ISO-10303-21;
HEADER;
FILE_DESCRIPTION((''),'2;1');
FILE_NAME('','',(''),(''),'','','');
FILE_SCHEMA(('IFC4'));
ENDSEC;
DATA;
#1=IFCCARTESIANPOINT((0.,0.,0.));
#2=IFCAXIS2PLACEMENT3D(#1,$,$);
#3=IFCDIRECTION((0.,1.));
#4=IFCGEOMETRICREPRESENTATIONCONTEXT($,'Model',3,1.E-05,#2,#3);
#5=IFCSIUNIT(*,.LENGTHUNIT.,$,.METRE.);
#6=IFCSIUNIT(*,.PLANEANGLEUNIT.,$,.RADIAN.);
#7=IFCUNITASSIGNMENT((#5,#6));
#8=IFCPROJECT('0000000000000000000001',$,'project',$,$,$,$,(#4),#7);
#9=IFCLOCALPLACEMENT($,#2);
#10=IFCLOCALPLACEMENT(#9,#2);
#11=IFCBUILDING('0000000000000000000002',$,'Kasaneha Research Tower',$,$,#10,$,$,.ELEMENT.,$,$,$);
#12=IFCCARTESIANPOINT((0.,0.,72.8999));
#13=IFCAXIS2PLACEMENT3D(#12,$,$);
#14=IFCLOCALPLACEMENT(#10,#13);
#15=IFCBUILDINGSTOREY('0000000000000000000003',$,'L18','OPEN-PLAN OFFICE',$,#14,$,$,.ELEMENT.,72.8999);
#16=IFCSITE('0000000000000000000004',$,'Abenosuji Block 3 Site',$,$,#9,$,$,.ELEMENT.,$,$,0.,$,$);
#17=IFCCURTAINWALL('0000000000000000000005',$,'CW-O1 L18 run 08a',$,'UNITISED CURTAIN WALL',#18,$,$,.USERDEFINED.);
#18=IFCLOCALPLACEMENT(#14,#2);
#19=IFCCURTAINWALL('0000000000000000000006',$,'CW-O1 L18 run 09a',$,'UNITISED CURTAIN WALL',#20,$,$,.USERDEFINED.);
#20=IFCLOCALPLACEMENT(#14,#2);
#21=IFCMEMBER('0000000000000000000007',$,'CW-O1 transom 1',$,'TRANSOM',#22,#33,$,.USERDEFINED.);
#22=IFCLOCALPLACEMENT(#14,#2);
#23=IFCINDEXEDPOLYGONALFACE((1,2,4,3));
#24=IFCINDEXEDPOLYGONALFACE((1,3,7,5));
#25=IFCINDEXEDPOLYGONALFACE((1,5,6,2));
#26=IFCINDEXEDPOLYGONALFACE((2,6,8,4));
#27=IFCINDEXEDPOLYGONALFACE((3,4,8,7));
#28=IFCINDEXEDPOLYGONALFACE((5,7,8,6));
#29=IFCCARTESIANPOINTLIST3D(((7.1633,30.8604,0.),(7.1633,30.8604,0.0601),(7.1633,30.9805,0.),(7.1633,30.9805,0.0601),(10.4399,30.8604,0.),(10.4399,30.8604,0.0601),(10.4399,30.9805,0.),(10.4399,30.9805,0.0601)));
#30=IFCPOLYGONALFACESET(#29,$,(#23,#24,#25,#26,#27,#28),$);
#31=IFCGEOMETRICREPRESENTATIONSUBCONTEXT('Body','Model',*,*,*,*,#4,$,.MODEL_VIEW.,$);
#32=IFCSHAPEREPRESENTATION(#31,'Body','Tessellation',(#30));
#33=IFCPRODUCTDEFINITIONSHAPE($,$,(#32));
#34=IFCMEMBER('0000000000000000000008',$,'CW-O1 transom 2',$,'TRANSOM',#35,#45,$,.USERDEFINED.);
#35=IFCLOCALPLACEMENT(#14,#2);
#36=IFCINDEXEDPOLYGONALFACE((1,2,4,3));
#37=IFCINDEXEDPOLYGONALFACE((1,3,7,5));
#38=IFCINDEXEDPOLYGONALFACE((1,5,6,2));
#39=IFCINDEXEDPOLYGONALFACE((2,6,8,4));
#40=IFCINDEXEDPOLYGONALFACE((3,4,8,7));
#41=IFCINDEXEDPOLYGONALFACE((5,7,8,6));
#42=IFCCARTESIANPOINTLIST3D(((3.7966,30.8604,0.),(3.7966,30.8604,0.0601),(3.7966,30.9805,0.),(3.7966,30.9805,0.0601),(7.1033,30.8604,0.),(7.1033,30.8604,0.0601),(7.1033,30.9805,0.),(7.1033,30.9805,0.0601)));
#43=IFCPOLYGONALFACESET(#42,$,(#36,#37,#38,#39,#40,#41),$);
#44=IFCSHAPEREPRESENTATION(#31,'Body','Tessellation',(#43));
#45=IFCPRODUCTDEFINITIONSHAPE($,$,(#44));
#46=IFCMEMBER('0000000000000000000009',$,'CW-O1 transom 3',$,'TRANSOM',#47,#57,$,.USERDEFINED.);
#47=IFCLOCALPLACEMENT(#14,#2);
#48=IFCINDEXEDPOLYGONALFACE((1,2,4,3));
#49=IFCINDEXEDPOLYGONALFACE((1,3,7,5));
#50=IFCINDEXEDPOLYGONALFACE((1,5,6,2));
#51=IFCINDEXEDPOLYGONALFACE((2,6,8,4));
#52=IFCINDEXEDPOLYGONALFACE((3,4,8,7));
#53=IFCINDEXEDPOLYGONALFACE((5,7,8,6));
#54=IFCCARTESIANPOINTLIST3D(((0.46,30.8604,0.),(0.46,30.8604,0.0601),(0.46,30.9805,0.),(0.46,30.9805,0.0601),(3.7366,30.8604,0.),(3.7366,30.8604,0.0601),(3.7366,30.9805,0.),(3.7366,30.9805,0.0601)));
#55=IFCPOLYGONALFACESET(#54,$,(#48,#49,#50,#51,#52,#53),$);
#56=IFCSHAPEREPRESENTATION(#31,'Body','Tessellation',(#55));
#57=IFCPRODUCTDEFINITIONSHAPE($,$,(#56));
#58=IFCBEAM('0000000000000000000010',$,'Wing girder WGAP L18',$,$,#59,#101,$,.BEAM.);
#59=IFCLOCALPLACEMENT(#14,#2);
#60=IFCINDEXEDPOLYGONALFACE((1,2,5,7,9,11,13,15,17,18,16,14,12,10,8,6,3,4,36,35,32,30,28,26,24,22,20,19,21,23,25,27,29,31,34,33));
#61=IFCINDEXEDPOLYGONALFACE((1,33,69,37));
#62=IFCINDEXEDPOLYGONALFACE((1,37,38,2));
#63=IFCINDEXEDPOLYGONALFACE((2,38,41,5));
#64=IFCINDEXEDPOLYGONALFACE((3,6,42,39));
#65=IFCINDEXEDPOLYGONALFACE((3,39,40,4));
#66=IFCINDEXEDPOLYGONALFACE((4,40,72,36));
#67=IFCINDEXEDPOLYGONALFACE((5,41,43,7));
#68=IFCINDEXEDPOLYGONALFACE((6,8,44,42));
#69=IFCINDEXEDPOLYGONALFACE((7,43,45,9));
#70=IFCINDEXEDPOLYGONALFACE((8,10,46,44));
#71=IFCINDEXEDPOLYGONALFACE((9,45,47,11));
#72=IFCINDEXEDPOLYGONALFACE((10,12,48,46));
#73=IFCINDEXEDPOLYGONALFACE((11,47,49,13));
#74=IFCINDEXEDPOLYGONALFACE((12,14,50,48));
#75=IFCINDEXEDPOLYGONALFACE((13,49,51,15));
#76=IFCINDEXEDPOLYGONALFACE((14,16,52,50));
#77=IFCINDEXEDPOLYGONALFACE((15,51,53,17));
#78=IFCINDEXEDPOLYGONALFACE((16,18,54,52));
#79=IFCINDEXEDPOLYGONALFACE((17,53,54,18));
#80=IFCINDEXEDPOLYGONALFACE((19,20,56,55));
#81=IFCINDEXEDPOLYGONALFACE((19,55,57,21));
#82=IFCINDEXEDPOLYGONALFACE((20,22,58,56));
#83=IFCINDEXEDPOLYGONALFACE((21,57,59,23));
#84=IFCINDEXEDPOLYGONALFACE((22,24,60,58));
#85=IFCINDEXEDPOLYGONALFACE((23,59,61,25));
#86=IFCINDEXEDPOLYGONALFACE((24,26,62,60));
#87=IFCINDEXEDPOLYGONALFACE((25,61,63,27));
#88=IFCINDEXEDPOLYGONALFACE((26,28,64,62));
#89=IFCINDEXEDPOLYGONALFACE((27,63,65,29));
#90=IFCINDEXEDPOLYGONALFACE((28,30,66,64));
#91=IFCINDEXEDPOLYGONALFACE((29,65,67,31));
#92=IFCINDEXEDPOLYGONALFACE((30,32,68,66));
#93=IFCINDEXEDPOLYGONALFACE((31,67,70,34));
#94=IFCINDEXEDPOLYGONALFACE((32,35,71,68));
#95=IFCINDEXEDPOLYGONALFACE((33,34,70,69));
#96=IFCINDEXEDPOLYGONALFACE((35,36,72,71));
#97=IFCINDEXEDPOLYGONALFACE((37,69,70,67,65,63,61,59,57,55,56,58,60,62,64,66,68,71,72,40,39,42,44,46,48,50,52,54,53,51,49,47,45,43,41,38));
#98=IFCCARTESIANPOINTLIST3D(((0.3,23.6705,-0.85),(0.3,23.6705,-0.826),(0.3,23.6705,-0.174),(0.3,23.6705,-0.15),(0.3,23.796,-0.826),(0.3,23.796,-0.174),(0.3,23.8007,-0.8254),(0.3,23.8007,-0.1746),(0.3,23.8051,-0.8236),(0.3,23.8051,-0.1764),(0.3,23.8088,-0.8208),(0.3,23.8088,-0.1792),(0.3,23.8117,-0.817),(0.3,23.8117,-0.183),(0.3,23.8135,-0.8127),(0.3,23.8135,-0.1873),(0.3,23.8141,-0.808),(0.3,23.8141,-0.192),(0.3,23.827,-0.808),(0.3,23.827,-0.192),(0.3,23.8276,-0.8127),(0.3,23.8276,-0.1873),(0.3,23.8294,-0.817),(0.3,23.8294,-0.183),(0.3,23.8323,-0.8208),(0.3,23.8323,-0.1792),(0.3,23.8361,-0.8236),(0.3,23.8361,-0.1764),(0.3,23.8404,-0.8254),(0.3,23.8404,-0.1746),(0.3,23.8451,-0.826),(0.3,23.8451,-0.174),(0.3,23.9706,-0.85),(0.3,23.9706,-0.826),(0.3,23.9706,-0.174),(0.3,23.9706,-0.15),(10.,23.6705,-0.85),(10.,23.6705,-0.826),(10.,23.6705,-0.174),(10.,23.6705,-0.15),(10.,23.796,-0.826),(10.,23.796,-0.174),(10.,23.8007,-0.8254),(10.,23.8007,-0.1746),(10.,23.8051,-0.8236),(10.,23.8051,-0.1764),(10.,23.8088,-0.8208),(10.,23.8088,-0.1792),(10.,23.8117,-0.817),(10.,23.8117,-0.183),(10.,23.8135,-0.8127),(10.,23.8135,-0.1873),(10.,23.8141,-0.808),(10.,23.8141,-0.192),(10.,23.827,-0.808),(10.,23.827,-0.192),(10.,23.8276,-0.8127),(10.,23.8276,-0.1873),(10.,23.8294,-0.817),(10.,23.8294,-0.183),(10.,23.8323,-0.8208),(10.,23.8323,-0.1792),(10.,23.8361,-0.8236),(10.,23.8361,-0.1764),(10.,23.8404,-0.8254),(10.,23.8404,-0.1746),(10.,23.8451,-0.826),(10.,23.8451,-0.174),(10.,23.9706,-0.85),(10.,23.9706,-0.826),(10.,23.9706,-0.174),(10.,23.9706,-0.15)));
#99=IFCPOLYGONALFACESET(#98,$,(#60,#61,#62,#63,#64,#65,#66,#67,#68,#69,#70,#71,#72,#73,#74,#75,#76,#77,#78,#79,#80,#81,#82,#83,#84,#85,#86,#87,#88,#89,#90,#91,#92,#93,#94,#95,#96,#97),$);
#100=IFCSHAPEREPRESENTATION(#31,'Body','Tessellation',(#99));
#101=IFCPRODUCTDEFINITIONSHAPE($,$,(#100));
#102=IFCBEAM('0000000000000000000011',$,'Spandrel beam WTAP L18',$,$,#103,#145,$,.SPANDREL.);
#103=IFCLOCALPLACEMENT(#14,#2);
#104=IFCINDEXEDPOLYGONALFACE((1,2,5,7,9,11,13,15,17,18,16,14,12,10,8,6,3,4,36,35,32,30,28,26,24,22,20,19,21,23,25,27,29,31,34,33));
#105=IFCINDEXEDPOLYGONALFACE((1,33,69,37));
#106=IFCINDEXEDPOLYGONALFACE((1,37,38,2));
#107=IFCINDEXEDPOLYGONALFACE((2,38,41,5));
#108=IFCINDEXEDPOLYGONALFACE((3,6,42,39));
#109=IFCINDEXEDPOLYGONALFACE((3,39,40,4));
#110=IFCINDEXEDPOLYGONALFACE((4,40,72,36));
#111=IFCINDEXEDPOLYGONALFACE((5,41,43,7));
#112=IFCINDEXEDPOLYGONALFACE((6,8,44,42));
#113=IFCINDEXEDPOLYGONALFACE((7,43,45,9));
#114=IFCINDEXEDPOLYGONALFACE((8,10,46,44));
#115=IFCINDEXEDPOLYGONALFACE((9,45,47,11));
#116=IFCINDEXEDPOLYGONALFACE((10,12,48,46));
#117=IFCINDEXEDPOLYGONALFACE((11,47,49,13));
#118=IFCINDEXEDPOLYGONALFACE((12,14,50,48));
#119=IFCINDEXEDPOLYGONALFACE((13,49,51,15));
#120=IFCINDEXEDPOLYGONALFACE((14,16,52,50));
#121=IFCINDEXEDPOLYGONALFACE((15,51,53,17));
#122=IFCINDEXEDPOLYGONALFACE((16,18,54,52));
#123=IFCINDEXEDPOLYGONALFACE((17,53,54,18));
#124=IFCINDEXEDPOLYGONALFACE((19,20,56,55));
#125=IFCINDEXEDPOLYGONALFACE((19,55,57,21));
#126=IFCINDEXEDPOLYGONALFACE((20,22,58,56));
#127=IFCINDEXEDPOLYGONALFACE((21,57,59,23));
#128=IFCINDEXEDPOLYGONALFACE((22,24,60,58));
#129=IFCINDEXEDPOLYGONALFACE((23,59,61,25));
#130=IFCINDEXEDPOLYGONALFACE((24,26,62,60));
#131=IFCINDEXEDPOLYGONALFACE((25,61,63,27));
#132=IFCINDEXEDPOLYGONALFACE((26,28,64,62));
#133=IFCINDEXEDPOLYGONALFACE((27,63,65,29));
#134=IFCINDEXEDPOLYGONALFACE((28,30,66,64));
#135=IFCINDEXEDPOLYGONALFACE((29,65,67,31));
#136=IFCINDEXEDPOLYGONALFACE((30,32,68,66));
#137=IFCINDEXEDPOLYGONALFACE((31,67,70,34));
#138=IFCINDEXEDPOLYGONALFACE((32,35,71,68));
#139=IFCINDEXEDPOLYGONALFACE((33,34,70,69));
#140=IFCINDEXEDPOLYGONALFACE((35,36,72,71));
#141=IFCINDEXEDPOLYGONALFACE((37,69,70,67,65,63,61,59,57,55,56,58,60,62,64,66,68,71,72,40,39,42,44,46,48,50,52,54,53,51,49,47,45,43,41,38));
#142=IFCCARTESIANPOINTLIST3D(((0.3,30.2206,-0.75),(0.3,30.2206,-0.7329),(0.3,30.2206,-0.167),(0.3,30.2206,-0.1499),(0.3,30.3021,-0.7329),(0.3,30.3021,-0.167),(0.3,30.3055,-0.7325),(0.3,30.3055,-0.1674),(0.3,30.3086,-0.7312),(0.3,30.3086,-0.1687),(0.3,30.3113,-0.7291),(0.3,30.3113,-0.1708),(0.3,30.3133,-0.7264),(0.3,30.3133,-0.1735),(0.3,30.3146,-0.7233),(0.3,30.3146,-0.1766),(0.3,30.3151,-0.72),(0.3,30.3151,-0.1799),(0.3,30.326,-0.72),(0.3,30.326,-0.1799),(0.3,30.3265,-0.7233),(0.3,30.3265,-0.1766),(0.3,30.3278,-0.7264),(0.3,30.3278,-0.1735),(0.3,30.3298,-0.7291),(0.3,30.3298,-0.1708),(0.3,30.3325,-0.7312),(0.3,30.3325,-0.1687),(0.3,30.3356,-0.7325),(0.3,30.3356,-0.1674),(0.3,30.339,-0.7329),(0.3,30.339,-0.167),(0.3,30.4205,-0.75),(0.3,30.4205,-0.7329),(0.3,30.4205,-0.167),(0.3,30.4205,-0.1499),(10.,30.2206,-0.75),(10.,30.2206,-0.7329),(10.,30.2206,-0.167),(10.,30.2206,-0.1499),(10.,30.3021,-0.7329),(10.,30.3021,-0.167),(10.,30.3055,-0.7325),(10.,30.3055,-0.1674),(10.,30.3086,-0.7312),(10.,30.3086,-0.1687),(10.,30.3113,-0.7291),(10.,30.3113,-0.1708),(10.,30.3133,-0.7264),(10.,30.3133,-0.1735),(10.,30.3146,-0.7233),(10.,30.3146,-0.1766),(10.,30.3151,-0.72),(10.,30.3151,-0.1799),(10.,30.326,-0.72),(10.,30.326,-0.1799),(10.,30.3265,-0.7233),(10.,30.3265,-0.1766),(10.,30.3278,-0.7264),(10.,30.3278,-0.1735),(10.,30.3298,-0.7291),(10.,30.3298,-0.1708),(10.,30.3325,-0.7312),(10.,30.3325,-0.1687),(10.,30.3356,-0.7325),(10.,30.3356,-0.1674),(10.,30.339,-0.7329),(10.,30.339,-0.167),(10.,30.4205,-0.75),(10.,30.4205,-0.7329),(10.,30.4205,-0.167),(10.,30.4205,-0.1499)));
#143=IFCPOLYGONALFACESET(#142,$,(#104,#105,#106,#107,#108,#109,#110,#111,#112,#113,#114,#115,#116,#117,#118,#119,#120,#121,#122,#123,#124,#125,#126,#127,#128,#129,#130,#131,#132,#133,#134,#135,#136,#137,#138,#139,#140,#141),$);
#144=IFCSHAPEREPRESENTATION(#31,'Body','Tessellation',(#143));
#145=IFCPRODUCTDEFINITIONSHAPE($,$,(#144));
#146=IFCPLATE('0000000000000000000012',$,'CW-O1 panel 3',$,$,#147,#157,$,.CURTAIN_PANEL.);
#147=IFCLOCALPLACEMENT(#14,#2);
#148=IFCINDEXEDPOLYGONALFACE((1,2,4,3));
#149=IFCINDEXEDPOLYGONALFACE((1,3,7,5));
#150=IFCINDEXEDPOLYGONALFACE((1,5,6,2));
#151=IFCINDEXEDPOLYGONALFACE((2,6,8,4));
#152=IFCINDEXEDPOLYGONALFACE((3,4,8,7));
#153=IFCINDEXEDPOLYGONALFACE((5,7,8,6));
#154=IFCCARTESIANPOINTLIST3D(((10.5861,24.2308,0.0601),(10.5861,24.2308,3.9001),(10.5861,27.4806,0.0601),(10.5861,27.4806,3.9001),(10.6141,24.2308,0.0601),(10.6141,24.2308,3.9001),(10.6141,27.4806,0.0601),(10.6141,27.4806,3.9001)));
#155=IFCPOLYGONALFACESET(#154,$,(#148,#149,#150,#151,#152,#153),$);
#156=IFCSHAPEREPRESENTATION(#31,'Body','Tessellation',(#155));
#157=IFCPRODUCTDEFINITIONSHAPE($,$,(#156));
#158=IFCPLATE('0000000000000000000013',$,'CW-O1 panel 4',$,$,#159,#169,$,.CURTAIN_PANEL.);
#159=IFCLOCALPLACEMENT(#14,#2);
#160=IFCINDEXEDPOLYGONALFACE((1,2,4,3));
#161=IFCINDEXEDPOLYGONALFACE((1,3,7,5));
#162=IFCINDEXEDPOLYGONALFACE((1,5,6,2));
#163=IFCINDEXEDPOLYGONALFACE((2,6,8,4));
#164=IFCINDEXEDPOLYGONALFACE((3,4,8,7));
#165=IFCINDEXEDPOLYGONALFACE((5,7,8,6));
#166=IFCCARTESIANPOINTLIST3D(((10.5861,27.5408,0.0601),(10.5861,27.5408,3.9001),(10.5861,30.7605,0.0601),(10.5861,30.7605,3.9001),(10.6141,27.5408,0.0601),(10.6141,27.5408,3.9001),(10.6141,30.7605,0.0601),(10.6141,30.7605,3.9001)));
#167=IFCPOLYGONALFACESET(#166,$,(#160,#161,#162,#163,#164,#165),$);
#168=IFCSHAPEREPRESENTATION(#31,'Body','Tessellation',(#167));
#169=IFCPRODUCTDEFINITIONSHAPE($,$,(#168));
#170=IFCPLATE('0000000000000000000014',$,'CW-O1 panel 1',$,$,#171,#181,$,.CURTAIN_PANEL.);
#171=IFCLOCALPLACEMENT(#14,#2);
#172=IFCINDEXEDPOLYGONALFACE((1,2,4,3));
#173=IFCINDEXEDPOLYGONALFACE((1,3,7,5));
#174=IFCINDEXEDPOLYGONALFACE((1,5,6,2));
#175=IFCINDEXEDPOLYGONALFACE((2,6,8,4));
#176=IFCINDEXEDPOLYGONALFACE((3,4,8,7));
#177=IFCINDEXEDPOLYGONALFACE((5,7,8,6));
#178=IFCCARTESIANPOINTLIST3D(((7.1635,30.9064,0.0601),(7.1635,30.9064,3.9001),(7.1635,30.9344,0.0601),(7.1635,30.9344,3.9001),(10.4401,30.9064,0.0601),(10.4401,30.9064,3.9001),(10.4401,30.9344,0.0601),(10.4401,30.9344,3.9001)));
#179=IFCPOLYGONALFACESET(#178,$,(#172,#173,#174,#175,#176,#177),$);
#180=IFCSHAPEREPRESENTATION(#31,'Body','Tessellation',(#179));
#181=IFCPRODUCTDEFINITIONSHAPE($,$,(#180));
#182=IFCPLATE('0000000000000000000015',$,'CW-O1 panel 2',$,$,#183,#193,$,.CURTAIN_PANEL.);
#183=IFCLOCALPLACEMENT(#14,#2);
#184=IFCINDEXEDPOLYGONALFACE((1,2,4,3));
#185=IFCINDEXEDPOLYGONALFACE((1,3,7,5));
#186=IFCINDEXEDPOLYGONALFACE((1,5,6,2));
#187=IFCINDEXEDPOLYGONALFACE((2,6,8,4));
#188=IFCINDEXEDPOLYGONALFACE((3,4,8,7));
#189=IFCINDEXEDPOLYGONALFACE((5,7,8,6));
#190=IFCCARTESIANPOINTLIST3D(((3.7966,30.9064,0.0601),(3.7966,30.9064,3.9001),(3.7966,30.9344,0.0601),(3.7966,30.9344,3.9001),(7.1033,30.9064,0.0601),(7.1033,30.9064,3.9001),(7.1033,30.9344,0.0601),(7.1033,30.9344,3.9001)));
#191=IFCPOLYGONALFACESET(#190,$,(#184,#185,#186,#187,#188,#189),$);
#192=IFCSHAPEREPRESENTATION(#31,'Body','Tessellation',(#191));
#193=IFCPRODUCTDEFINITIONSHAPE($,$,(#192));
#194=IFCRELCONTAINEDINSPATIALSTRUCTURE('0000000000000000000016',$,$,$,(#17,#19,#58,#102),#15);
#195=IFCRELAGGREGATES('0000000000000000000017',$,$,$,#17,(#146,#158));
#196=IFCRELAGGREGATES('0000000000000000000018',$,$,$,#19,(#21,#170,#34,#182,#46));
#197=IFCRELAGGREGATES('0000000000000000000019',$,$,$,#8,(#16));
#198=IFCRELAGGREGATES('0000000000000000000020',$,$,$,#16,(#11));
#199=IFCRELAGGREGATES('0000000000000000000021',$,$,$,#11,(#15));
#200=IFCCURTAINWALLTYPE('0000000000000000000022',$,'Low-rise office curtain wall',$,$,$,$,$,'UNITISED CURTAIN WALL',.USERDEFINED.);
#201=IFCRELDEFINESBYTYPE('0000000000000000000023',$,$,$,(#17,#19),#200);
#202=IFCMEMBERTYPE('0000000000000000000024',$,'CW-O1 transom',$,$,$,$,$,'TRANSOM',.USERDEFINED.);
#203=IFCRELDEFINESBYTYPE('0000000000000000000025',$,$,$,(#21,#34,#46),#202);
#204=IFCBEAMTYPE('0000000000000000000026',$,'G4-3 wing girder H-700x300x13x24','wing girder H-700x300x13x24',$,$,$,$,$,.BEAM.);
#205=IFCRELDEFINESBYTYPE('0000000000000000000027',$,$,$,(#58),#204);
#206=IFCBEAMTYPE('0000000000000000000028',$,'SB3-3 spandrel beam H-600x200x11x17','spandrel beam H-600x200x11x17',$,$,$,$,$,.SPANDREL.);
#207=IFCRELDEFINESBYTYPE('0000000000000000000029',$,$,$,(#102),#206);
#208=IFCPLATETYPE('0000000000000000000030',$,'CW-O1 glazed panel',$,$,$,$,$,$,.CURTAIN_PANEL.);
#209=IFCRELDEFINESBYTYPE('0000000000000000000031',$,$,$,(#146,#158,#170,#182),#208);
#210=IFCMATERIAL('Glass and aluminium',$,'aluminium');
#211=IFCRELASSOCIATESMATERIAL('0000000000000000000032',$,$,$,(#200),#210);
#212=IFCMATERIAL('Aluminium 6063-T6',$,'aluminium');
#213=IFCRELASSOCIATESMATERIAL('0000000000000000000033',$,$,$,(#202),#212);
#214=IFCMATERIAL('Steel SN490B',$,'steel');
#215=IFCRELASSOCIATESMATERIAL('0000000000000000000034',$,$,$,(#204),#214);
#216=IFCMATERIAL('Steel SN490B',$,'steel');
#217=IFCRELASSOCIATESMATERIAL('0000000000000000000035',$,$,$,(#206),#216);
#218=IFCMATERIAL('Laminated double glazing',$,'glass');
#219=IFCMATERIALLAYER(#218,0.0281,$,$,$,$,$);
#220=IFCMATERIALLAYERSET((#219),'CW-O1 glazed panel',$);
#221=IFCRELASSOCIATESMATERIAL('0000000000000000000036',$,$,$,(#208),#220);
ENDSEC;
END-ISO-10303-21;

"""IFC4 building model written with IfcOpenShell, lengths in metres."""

from ifc_helpers import new_model, si_unit, direction, frame, origin, origin_2d, place, context, subcontext, project, spatial, rectangle, i_section, extrude, material, layer, layer_set, material_profile, profile_set, type_object, element, aggregate, save


model = new_model("IFC4")

# Units and contexts
model_context = context("Model", 3, precision=1e-05, world=origin(), true_north=direction((0.0, 1.0)))
body_context = subcontext(model_context, "Body", "Model", "MODEL_VIEW")
ifc_project = project(units=[si_unit("LENGTHUNIT", "METRE"), si_unit("PLANEANGLEUNIT", "RADIAN")], contexts=[model_context])

# Site, building, storey
site_placement = place(None, origin())
site = spatial("IfcSite", under=ifc_project, at=site_placement, Name="Abenosuji Block 3 Site", CompositionType="ELEMENT", RefElevation=0.0)
building_placement = place(site_placement, origin())
building = spatial("IfcBuilding", under=site, at=building_placement, Name="Kasaneha Research Tower", CompositionType="ELEMENT")
storey_placement = place(building_placement, frame((0.0, 0.0, 72.8999)))
storey = spatial("IfcBuildingStorey", under=building, at=storey_placement, Name="L18", Description="OPEN-PLAN OFFICE", CompositionType="ELEMENT", Elevation=72.8999)

# Curtain walls
ifc_material_1 = material(Name="Glass and aluminium", Category="aluminium")
curtain_wall_type = type_object("IfcCurtainWallType", Name="Low-rise office curtain wall", ElementType="UNITISED CURTAIN WALL", PredefinedType="USERDEFINED", material=ifc_material_1)
curtain_wall_1_placement = place(storey_placement, origin())
curtain_wall_1 = element("IfcCurtainWall", 1, at=curtain_wall_1_placement, inside=storey, type_object=curtain_wall_type, Name="CW-O1 L18 run 08a", ObjectType="UNITISED CURTAIN WALL", PredefinedType="USERDEFINED")
curtain_wall_2_placement = place(storey_placement, origin())
curtain_wall_2 = element("IfcCurtainWall", 2, at=curtain_wall_2_placement, inside=storey, type_object=curtain_wall_type, Name="CW-O1 L18 run 09a", ObjectType="UNITISED CURTAIN WALL", PredefinedType="USERDEFINED")

# Members
ifc_material_2 = material(Name="Aluminium 6063-T6", Category="aluminium")
ifc_material_profile_1 = material_profile(ifc_material_2, rectangle(XDim=0.1201, YDim=0.0601, at=origin_2d()), Name="CW-O1 transom 120x60")
ifc_profile_set_1 = profile_set([ifc_material_profile_1], Name="Aluminium 6063-T6")
member_type_1 = type_object("IfcMemberType", Name="CW-O1 transom", ElementType="TRANSOM", PredefinedType="USERDEFINED", material=ifc_profile_set_1)
member_1_placement = place(storey_placement, frame((10.4399, 30.9204, 0.03), z_axis=(-1.0, 0.0, 0.0), x_axis=(0.0, -1.0, 0.0)))
member_1 = element("IfcMember", 3, at=member_1_placement, type_object=member_type_1, Name="CW-O1 transom 1", ObjectType="TRANSOM", PredefinedType="USERDEFINED", context=body_context, shape_type="SweptSolid", body=[
    extrude(rectangle(XDim=0.1201, YDim=0.0601, at=origin_2d()), origin(), (0.0, 0.0, 1.0), 3.2766),
])
member_2_placement = place(storey_placement, frame((7.1033, 30.9204, 0.03), z_axis=(-1.0, 0.0, 0.0), x_axis=(0.0, -1.0, 0.0)))
member_2 = element("IfcMember", 4, at=member_2_placement, type_object=member_type_1, Name="CW-O1 transom 2", ObjectType="TRANSOM", PredefinedType="USERDEFINED", context=body_context, shape_type="SweptSolid", body=[
    extrude(rectangle(XDim=0.1201, YDim=0.0601, at=origin_2d()), origin(), (0.0, 0.0, 1.0), 3.3066),
])
member_3_placement = place(storey_placement, frame((3.7366, 30.9204, 0.03), z_axis=(-1.0, 0.0, 0.0), x_axis=(0.0, -1.0, 0.0)))
member_3 = element("IfcMember", 5, at=member_3_placement, type_object=member_type_1, Name="CW-O1 transom 3", ObjectType="TRANSOM", PredefinedType="USERDEFINED", context=body_context, shape_type="SweptSolid", body=[
    extrude(rectangle(XDim=0.1201, YDim=0.0601, at=origin_2d()), origin(), (0.0, 0.0, 1.0), 3.2766),
])

# Beams
ifc_material_3 = material(Name="Steel SN490B", Category="steel")
ifc_material_profile_2 = material_profile(ifc_material_3, i_section(OverallWidth=0.3, OverallDepth=0.7, WebThickness=0.0129, FlangeThickness=0.0239, FilletRadius=0.0181, at=origin_2d()), Name="H-700x300x13x24")
ifc_profile_set_2 = profile_set([ifc_material_profile_2], Name="Steel SN490B")
beam_type_1 = type_object("IfcBeamType", Name="G4-3 wing girder H-700x300x13x24", Description="wing girder H-700x300x13x24", PredefinedType="BEAM", material=ifc_profile_set_2)
beam_1_placement = place(storey_placement, frame((10.0, 23.8206, -0.5), z_axis=(-1.0, 0.0, 0.0), x_axis=(0.0, -1.0, 0.0)))
element("IfcBeam", 6, at=beam_1_placement, inside=storey, type_object=beam_type_1, Name="Wing girder WGAP L18", PredefinedType="BEAM", context=body_context, shape_type="SweptSolid", body=[
    extrude(i_section(OverallWidth=0.3, OverallDepth=0.7, WebThickness=0.0129, FlangeThickness=0.0239, FilletRadius=0.0181, at=origin_2d()), origin(), (0.0, 0.0, 1.0), 9.7),
])
ifc_material_4 = material(Name="Steel SN490B", Category="steel")
ifc_material_profile_3 = material_profile(ifc_material_4, i_section(OverallWidth=0.2, OverallDepth=0.6001, WebThickness=0.011, FlangeThickness=0.0171, FilletRadius=0.0129, at=origin_2d()), Name="H-600x200x11x17")
ifc_profile_set_3 = profile_set([ifc_material_profile_3], Name="Steel SN490B")
beam_type_2 = type_object("IfcBeamType", Name="SB3-3 spandrel beam H-600x200x11x17", Description="spandrel beam H-600x200x11x17", PredefinedType="SPANDREL", material=ifc_profile_set_3)
beam_2_placement = place(storey_placement, frame((10.0, 30.3206, -0.45), z_axis=(-1.0, 0.0, 0.0), x_axis=(0.0, -1.0, 0.0)))
element("IfcBeam", 7, at=beam_2_placement, inside=storey, type_object=beam_type_2, Name="Spandrel beam WTAP L18", PredefinedType="SPANDREL", context=body_context, shape_type="SweptSolid", body=[
    extrude(i_section(OverallWidth=0.2, OverallDepth=0.6001, WebThickness=0.011, FlangeThickness=0.0171, FilletRadius=0.0129, at=origin_2d()), origin(), (0.0, 0.0, 1.0), 9.7),
])

# Plates
ifc_material_5 = material(Name="Laminated double glazing", Category="glass")
ifc_layer_1 = layer(ifc_material_5, 0.0281)
ifc_layer_set_1 = layer_set([ifc_layer_1], Name="CW-O1 glazed panel")
plate_type = type_object("IfcPlateType", Name="CW-O1 glazed panel", PredefinedType="CURTAIN_PANEL", material=ifc_layer_set_1)
plate_1_placement = place(storey_placement, frame((10.6001, 25.8557, 0.0601), z_axis=(0.0, 0.0, 1.0), x_axis=(0.0, 1.0, 0.0)))
plate_1 = element("IfcPlate", 8, at=plate_1_placement, type_object=plate_type, Name="CW-O1 panel 3", PredefinedType="CURTAIN_PANEL", context=body_context, shape_type="SweptSolid", body=[
    extrude(rectangle(XDim=3.2498, YDim=0.0281, at=origin_2d()), origin(), (0.0, 0.0, 1.0), 3.8401),
])
plate_2_placement = place(storey_placement, frame((10.6001, 29.1506, 0.0601), z_axis=(0.0, 0.0, 1.0), x_axis=(0.0, 1.0, 0.0)))
plate_2 = element("IfcPlate", 9, at=plate_2_placement, type_object=plate_type, Name="CW-O1 panel 4", PredefinedType="CURTAIN_PANEL", context=body_context, shape_type="SweptSolid", body=[
    extrude(rectangle(XDim=3.2197, YDim=0.0281, at=origin_2d()), origin(), (0.0, 0.0, 1.0), 3.8401),
])
aggregate(curtain_wall_1, [plate_1, plate_2])
plate_3_placement = place(storey_placement, frame((8.8018, 30.9204, 0.0601), z_axis=(0.0, 0.0, 1.0), x_axis=(-1.0, 0.0, 0.0)))
plate_3 = element("IfcPlate", 10, at=plate_3_placement, type_object=plate_type, Name="CW-O1 panel 1", PredefinedType="CURTAIN_PANEL", context=body_context, shape_type="SweptSolid", body=[
    extrude(rectangle(XDim=3.2766, YDim=0.0281, at=origin_2d()), origin(), (0.0, 0.0, 1.0), 3.8401),
])
plate_4_placement = place(storey_placement, frame((5.45, 30.9204, 0.0601), z_axis=(0.0, 0.0, 1.0), x_axis=(-1.0, 0.0, 0.0)))
plate_4 = element("IfcPlate", 11, at=plate_4_placement, type_object=plate_type, Name="CW-O1 panel 2", PredefinedType="CURTAIN_PANEL", context=body_context, shape_type="SweptSolid", body=[
    extrude(rectangle(XDim=3.3066, YDim=0.0281, at=origin_2d()), origin(), (0.0, 0.0, 1.0), 3.8401),
])
aggregate(curtain_wall_2, [member_1, plate_3, member_2, plate_4, member_3])

save(model, "model.ifc")
